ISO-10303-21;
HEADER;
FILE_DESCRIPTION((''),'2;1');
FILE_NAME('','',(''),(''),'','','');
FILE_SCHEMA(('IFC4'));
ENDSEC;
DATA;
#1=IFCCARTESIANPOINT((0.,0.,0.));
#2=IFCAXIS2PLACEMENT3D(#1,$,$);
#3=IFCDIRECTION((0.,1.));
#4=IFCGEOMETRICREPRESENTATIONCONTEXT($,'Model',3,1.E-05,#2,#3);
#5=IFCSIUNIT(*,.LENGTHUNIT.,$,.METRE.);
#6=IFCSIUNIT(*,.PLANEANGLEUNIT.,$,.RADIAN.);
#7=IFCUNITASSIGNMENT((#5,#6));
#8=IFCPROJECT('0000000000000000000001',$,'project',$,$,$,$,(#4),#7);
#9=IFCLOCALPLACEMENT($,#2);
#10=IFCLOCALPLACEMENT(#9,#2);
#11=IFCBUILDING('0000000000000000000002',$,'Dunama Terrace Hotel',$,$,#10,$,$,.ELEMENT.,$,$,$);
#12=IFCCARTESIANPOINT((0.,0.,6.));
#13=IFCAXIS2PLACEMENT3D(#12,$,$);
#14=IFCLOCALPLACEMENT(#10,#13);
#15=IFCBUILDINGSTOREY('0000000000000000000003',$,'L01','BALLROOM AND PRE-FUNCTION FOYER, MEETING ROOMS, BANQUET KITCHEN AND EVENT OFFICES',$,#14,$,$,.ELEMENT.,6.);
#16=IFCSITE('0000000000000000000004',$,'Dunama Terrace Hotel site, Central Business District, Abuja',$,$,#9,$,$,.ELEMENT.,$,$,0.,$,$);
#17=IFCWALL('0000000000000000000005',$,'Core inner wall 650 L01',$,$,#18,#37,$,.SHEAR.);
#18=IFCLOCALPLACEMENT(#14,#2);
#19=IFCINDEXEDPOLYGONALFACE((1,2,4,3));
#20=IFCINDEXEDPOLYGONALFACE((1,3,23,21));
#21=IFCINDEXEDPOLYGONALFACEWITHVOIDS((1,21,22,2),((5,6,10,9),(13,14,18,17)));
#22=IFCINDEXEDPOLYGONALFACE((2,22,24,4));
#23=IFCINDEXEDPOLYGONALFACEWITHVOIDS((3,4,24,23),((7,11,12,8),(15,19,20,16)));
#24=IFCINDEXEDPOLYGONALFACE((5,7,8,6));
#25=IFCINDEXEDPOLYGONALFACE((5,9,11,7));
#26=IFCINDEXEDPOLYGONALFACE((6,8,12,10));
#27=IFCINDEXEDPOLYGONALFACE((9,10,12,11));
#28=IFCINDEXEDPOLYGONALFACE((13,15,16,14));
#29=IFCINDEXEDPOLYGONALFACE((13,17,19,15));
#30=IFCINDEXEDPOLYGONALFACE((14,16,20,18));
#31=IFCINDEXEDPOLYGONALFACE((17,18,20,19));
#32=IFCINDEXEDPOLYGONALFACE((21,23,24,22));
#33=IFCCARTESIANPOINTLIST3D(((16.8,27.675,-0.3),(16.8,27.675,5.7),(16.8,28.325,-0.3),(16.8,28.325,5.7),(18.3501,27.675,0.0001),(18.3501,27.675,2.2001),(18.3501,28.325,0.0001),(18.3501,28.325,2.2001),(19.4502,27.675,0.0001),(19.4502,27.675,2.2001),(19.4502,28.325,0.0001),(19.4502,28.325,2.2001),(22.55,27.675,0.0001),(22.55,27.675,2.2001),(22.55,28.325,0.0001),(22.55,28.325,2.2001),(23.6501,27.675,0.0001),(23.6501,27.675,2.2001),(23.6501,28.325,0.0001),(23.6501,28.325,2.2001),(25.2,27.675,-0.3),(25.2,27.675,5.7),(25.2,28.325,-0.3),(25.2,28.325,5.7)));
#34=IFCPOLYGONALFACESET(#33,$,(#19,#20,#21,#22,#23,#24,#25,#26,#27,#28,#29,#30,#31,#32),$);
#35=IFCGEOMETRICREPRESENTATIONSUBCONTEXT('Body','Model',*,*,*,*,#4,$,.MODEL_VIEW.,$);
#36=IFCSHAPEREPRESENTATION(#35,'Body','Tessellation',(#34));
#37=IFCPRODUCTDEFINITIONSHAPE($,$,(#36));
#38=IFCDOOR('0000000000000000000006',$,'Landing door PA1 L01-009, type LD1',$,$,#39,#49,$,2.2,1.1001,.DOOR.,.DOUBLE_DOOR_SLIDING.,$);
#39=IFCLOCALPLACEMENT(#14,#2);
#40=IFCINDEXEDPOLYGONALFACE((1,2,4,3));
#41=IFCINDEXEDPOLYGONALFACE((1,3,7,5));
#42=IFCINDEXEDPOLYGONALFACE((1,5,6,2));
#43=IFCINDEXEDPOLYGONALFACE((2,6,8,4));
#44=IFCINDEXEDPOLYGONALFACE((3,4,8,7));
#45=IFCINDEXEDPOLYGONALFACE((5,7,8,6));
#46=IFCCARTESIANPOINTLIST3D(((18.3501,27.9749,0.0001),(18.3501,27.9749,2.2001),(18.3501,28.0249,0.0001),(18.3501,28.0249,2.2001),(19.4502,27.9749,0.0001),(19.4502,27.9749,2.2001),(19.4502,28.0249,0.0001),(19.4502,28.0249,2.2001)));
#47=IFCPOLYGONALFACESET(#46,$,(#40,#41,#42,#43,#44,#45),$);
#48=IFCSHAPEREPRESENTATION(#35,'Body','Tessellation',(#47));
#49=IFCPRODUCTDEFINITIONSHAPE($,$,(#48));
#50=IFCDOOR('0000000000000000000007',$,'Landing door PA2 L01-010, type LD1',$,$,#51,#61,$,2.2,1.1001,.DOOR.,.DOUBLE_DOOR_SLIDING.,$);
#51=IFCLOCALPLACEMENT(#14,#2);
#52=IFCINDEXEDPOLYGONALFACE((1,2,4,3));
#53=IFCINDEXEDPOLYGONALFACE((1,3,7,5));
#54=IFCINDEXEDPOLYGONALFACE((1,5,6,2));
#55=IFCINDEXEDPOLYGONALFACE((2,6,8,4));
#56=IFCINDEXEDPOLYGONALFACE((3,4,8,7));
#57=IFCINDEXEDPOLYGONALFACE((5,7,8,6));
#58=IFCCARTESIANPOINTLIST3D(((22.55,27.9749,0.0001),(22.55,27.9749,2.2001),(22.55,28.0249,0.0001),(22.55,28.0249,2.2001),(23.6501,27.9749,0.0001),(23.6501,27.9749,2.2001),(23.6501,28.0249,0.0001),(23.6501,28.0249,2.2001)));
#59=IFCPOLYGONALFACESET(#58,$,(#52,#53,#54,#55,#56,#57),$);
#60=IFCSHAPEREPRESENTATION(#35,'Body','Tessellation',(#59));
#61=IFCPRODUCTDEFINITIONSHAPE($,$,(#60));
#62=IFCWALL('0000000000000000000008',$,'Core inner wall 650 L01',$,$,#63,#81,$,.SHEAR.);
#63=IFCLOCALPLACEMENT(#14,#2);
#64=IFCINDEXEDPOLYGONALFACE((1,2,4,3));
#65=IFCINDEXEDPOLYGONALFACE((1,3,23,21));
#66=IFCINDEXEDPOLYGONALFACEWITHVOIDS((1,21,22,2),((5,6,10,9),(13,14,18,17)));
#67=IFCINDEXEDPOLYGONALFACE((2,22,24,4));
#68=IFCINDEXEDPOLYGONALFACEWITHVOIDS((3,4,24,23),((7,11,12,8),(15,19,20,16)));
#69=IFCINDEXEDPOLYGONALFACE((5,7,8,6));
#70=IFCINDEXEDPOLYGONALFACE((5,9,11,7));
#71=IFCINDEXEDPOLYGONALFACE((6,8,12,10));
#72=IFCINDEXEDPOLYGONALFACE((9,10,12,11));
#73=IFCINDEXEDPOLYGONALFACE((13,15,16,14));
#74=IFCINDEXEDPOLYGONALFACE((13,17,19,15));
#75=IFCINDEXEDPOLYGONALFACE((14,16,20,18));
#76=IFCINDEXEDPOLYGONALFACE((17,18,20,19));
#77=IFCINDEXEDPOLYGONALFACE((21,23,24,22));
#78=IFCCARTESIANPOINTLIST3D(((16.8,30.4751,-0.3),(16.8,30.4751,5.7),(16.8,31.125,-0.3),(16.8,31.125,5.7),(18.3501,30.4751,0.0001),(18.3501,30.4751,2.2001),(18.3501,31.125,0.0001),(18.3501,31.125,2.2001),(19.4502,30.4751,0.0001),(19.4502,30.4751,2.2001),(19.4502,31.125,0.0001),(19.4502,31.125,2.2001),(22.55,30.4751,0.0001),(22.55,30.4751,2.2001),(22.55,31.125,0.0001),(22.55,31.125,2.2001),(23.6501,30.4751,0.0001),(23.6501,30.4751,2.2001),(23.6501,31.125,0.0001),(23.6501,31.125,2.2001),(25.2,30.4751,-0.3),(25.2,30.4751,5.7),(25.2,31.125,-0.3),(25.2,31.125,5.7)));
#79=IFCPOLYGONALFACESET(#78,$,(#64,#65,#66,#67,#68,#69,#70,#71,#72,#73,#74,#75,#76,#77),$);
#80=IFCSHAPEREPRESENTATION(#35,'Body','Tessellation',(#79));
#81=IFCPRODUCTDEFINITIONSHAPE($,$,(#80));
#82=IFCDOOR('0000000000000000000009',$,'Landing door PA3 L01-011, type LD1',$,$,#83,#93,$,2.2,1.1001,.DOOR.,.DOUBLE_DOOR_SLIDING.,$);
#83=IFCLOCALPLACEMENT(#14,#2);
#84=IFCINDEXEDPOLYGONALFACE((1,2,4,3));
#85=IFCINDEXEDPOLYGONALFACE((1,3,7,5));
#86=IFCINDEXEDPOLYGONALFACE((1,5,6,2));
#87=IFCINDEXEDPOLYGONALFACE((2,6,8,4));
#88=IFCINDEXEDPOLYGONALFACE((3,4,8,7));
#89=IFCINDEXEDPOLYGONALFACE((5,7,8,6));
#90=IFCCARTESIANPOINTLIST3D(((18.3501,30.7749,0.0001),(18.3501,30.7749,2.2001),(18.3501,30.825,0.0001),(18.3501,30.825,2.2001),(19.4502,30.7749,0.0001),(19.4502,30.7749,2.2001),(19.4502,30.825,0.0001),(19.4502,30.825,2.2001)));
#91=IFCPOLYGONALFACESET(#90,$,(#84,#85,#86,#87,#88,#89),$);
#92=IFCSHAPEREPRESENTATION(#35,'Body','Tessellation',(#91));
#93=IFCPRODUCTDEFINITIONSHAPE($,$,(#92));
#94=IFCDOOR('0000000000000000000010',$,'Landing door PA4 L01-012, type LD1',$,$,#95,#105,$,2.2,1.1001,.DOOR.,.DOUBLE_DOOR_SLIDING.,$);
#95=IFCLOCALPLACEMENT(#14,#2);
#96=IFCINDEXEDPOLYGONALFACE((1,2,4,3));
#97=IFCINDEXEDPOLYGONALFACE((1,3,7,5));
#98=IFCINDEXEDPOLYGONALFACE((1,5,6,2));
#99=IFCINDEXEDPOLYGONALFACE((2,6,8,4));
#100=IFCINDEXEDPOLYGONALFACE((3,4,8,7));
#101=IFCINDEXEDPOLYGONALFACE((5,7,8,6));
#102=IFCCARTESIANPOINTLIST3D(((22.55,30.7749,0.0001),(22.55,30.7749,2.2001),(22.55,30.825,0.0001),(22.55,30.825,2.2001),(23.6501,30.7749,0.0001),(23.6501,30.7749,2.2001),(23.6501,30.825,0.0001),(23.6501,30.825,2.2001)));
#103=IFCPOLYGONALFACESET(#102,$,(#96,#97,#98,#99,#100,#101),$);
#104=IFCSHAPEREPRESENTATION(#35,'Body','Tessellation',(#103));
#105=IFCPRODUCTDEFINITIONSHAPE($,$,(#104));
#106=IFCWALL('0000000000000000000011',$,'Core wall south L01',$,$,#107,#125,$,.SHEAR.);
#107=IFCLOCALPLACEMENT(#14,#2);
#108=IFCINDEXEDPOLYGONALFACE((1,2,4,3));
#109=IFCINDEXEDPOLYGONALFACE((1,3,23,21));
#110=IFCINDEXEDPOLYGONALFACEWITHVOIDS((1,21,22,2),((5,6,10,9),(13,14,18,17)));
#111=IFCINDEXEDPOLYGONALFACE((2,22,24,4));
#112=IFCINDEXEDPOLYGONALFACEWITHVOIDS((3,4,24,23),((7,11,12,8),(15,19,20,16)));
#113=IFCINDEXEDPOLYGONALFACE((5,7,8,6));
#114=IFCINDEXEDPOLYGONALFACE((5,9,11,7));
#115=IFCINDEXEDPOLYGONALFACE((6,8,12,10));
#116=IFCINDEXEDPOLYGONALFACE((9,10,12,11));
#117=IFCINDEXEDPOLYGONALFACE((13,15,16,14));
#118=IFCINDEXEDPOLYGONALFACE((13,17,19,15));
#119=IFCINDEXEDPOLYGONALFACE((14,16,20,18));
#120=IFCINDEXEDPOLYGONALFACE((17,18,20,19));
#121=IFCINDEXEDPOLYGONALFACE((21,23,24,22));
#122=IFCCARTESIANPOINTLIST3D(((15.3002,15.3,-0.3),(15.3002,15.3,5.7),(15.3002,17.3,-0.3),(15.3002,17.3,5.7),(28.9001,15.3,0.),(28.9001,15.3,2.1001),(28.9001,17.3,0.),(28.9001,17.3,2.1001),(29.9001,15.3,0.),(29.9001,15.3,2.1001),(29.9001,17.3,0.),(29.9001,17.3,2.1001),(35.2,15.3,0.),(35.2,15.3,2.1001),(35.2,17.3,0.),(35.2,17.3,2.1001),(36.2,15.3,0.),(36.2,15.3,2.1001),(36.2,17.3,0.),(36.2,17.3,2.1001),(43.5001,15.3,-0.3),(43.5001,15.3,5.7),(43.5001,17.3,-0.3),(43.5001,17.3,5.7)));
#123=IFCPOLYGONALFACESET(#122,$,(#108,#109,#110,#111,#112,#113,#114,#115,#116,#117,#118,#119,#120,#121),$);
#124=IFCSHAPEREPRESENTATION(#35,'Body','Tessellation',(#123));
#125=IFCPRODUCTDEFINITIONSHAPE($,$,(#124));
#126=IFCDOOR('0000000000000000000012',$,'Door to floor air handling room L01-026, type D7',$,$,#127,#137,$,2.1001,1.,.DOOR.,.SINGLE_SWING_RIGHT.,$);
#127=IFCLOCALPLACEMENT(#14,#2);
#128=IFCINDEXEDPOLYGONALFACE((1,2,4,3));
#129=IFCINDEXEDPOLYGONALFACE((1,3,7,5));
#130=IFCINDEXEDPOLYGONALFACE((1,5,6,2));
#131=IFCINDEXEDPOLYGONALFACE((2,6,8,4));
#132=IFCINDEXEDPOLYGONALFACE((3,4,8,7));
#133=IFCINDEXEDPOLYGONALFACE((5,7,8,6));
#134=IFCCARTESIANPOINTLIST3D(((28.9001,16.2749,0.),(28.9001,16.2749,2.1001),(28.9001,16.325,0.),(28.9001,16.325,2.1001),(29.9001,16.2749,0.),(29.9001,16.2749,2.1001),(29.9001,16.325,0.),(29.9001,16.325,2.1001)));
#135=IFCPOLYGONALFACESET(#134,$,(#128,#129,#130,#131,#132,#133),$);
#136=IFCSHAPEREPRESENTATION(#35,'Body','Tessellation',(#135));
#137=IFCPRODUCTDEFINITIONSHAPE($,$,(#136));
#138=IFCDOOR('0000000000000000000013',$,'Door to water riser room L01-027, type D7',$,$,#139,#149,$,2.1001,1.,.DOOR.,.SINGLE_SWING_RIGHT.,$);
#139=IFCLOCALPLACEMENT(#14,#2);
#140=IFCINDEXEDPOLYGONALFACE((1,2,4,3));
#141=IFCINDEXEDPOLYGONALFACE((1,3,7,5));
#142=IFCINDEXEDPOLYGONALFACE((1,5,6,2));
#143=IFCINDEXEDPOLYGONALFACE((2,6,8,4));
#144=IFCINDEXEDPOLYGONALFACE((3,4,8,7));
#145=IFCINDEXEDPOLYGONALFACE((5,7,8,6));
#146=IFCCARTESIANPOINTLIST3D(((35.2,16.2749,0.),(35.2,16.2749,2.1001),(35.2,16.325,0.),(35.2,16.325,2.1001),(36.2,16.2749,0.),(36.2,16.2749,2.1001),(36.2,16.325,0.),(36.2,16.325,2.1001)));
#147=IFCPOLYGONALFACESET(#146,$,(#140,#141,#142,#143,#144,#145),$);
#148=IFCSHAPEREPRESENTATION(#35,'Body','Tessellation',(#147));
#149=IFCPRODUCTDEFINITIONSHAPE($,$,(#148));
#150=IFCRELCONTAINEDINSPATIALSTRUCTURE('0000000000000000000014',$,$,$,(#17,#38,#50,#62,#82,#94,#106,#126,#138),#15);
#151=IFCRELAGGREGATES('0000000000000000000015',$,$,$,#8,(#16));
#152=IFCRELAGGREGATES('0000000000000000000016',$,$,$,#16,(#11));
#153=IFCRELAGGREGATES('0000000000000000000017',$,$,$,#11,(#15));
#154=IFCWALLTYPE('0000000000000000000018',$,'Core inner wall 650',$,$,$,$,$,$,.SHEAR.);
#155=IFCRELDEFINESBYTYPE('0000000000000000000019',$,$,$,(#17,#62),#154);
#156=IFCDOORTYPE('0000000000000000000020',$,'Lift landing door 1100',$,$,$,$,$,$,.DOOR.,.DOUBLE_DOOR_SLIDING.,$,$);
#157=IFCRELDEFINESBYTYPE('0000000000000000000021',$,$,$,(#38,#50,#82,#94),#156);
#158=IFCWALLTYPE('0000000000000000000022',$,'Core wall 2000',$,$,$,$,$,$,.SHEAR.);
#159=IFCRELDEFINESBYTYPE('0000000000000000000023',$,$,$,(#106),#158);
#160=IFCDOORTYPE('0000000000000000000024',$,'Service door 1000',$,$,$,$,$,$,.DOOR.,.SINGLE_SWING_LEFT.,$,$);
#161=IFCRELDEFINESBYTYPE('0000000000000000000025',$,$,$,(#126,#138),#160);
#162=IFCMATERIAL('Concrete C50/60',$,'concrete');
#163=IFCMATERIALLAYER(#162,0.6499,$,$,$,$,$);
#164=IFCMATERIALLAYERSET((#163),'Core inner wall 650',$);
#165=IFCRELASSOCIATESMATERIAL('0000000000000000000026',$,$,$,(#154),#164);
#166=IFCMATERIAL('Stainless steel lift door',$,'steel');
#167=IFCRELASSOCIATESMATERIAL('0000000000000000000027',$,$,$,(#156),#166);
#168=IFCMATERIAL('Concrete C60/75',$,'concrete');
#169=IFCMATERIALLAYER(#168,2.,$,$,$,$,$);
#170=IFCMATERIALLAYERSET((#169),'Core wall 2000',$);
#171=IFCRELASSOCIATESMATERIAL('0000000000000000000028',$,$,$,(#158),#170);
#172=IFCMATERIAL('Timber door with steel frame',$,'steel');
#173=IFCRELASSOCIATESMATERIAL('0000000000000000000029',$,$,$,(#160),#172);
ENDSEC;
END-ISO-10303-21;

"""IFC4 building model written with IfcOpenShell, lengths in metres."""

from ifc_helpers import new_model, si_unit, direction, frame, frame_2d, origin, place, context, subcontext, project, spatial, rectangle, extrude, material, layer, layer_set, type_object, element, fill, save


model = new_model("IFC4")

# Units and contexts
model_context = context("Model", 3, precision=1e-05, world=origin(), true_north=direction((0.0, 1.0)))
body_context = subcontext(model_context, "Body", "Model", "MODEL_VIEW")
ifc_project = project(units=[si_unit("LENGTHUNIT", "METRE"), si_unit("PLANEANGLEUNIT", "RADIAN")], contexts=[model_context])

# Site, building, storey
site_placement = place(None, origin())
site = spatial("IfcSite", under=ifc_project, at=site_placement, Name="Dunama Terrace Hotel site, Central Business District, Abuja", CompositionType="ELEMENT", RefElevation=0.0)
building_placement = place(site_placement, origin())
building = spatial("IfcBuilding", under=site, at=building_placement, Name="Dunama Terrace Hotel", CompositionType="ELEMENT")
storey_placement = place(building_placement, frame((0.0, 0.0, 6.0)))
storey = spatial("IfcBuildingStorey", under=building, at=storey_placement, Name="L01", Description="BALLROOM AND PRE-FUNCTION FOYER, MEETING ROOMS, BANQUET KITCHEN AND EVENT OFFICES", CompositionType="ELEMENT", Elevation=6.0)

# Walls, openings, doors
ifc_material_1 = material(Name="Concrete C50/60", Category="concrete")
ifc_layer_1 = layer(ifc_material_1, 0.6499)
ifc_layer_set_1 = layer_set([ifc_layer_1], Name="Core inner wall 650")
wall_type_1 = type_object("IfcWallType", Name="Core inner wall 650", PredefinedType="SHEAR", material=ifc_layer_set_1)
wall_1_placement = place(storey_placement, frame((16.8, 28.0, -0.3), z_axis=(0.0, 0.0, 1.0), x_axis=(1.0, 0.0, 0.0)))
wall_1 = element("IfcWall", 1, at=wall_1_placement, inside=storey, type_object=wall_type_1, Name="Core inner wall 650 L01", PredefinedType="SHEAR", context=body_context, shape_type="SweptSolid", body=[
    extrude(rectangle(XDim=8.3999, YDim=0.6499, at=frame_2d((4.2, 0.0))), origin(), (0.0, 0.0, 1.0), 6.0),
])
opening_1_placement = place(wall_1_placement, frame((1.55, 0.0, 0.3)))
opening_1 = element("IfcOpeningElement", 2, at=opening_1_placement, cuts=wall_1, PredefinedType="OPENING", context=body_context, shape_type="SweptSolid", body=[
    extrude(rectangle(XDim=1.1001, YDim=2.2, at=frame_2d((0.55, 1.1001))), frame((0.0, 0.335, 0.0), z_axis=(0.0, -1.0, 0.0), x_axis=(1.0, 0.0, 0.0)), (0.0, 0.0, 1.0), 0.6699),
])
opening_2_placement = place(wall_1_placement, frame((5.75, 0.0, 0.3)))
opening_2 = element("IfcOpeningElement", 3, at=opening_2_placement, cuts=wall_1, PredefinedType="OPENING", context=body_context, shape_type="SweptSolid", body=[
    extrude(rectangle(XDim=1.1001, YDim=2.2, at=frame_2d((0.55, 1.1001))), frame((0.0, 0.335, 0.0), z_axis=(0.0, -1.0, 0.0), x_axis=(1.0, 0.0, 0.0)), (0.0, 0.0, 1.0), 0.6699),
])
ifc_material_2 = material(Name="Stainless steel lift door", Category="steel")
door_type_1 = type_object("IfcDoorType", Name="Lift landing door 1100", OperationType="DOUBLE_DOOR_SLIDING", PredefinedType="DOOR", material=ifc_material_2)
door_1_placement = place(opening_1_placement, origin())
door_1 = element("IfcDoor", 4, at=door_1_placement, inside=storey, type_object=door_type_1, Name="Landing door PA1 L01-009, type LD1", OperationType="DOUBLE_DOOR_SLIDING", OverallHeight=2.2, OverallWidth=1.1001, PredefinedType="DOOR", context=body_context, shape_type="SweptSolid", body=[
    extrude(rectangle(XDim=1.1001, YDim=2.2, at=frame_2d((0.55, 1.1001))), frame((0.0, 0.0249, 0.0), z_axis=(0.0, -1.0, 0.0), x_axis=(1.0, 0.0, 0.0)), (0.0, 0.0, 1.0), 0.05),
])
fill(opening_1, door_1)
door_2_placement = place(opening_2_placement, origin())
door_2 = element("IfcDoor", 5, at=door_2_placement, inside=storey, type_object=door_type_1, Name="Landing door PA2 L01-010, type LD1", OperationType="DOUBLE_DOOR_SLIDING", OverallHeight=2.2, OverallWidth=1.1001, PredefinedType="DOOR", context=body_context, shape_type="SweptSolid", body=[
    extrude(rectangle(XDim=1.1001, YDim=2.2, at=frame_2d((0.55, 1.1001))), frame((0.0, 0.0249, 0.0), z_axis=(0.0, -1.0, 0.0), x_axis=(1.0, 0.0, 0.0)), (0.0, 0.0, 1.0), 0.05),
])
fill(opening_2, door_2)
wall_2_placement = place(storey_placement, frame((16.8, 30.8, -0.3), z_axis=(0.0, 0.0, 1.0), x_axis=(1.0, 0.0, 0.0)))
wall_2 = element("IfcWall", 6, at=wall_2_placement, inside=storey, type_object=wall_type_1, Name="Core inner wall 650 L01", PredefinedType="SHEAR", context=body_context, shape_type="SweptSolid", body=[
    extrude(rectangle(XDim=8.3999, YDim=0.6499, at=frame_2d((4.2, 0.0))), origin(), (0.0, 0.0, 1.0), 6.0),
])
opening_3_placement = place(wall_2_placement, frame((1.55, 0.0, 0.3)))
opening_3 = element("IfcOpeningElement", 7, at=opening_3_placement, cuts=wall_2, PredefinedType="OPENING", context=body_context, shape_type="SweptSolid", body=[
    extrude(rectangle(XDim=1.1001, YDim=2.2, at=frame_2d((0.55, 1.1001))), frame((0.0, 0.335, 0.0), z_axis=(0.0, -1.0, 0.0), x_axis=(1.0, 0.0, 0.0)), (0.0, 0.0, 1.0), 0.6699),
])
opening_4_placement = place(wall_2_placement, frame((5.75, 0.0, 0.3)))
opening_4 = element("IfcOpeningElement", 8, at=opening_4_placement, cuts=wall_2, PredefinedType="OPENING", context=body_context, shape_type="SweptSolid", body=[
    extrude(rectangle(XDim=1.1001, YDim=2.2, at=frame_2d((0.55, 1.1001))), frame((0.0, 0.335, 0.0), z_axis=(0.0, -1.0, 0.0), x_axis=(1.0, 0.0, 0.0)), (0.0, 0.0, 1.0), 0.6699),
])
door_3_placement = place(opening_3_placement, origin())
door_3 = element("IfcDoor", 9, at=door_3_placement, inside=storey, type_object=door_type_1, Name="Landing door PA3 L01-011, type LD1", OperationType="DOUBLE_DOOR_SLIDING", OverallHeight=2.2, OverallWidth=1.1001, PredefinedType="DOOR", context=body_context, shape_type="SweptSolid", body=[
    extrude(rectangle(XDim=1.1001, YDim=2.2, at=frame_2d((0.55, 1.1001))), frame((0.0, 0.0249, 0.0), z_axis=(0.0, -1.0, 0.0), x_axis=(1.0, 0.0, 0.0)), (0.0, 0.0, 1.0), 0.05),
])
fill(opening_3, door_3)
door_4_placement = place(opening_4_placement, origin())
door_4 = element("IfcDoor", 10, at=door_4_placement, inside=storey, type_object=door_type_1, Name="Landing door PA4 L01-012, type LD1", OperationType="DOUBLE_DOOR_SLIDING", OverallHeight=2.2, OverallWidth=1.1001, PredefinedType="DOOR", context=body_context, shape_type="SweptSolid", body=[
    extrude(rectangle(XDim=1.1001, YDim=2.2, at=frame_2d((0.55, 1.1001))), frame((0.0, 0.0249, 0.0), z_axis=(0.0, -1.0, 0.0), x_axis=(1.0, 0.0, 0.0)), (0.0, 0.0, 1.0), 0.05),
])
fill(opening_4, door_4)
ifc_material_3 = material(Name="Concrete C60/75", Category="concrete")
ifc_layer_2 = layer(ifc_material_3, 2.0)
ifc_layer_set_2 = layer_set([ifc_layer_2], Name="Core wall 2000")
wall_type_2 = type_object("IfcWallType", Name="Core wall 2000", PredefinedType="SHEAR", material=ifc_layer_set_2)
wall_3_placement = place(storey_placement, frame((15.3, 16.3, -0.3), z_axis=(0.0, 0.0, 1.0), x_axis=(1.0, 0.0, 0.0)))
wall_3 = element("IfcWall", 11, at=wall_3_placement, inside=storey, type_object=wall_type_2, Name="Core wall south L01", PredefinedType="SHEAR", context=body_context, shape_type="SweptSolid", body=[
    extrude(rectangle(XDim=28.2, YDim=2.0, at=frame_2d((14.1001, 0.0))), origin(), (0.0, 0.0, 1.0), 6.0),
])
opening_5_placement = place(wall_3_placement, frame((13.6001, 0.0, 0.3)))
opening_5 = element("IfcOpeningElement", 12, at=opening_5_placement, cuts=wall_3, PredefinedType="OPENING", context=body_context, shape_type="SweptSolid", body=[
    extrude(rectangle(XDim=1.0, YDim=2.1001, at=frame_2d((0.5, 1.05))), frame((0.0, 1.01, 0.0), z_axis=(0.0, -1.0, 0.0), x_axis=(1.0, 0.0, 0.0)), (0.0, 0.0, 1.0), 2.02),
])
opening_6_placement = place(wall_3_placement, frame((19.8999, 0.0, 0.3)))
opening_6 = element("IfcOpeningElement", 13, at=opening_6_placement, cuts=wall_3, PredefinedType="OPENING", context=body_context, shape_type="SweptSolid", body=[
    extrude(rectangle(XDim=1.0, YDim=2.1001, at=frame_2d((0.5, 1.05))), frame((0.0, 1.01, 0.0), z_axis=(0.0, -1.0, 0.0), x_axis=(1.0, 0.0, 0.0)), (0.0, 0.0, 1.0), 2.02),
])
ifc_material_4 = material(Name="Timber door with steel frame", Category="steel")
door_type_2 = type_object("IfcDoorType", Name="Service door 1000", OperationType="SINGLE_SWING_LEFT", PredefinedType="DOOR", material=ifc_material_4)
door_5_placement = place(opening_5_placement, origin())
door_5 = element("IfcDoor", 14, at=door_5_placement, inside=storey, type_object=door_type_2, Name="Door to floor air handling room L01-026, type D7", OperationType="SINGLE_SWING_RIGHT", OverallHeight=2.1001, OverallWidth=1.0, PredefinedType="DOOR", context=body_context, shape_type="SweptSolid", body=[
    extrude(rectangle(XDim=1.0, YDim=2.1001, at=frame_2d((0.5, 1.05))), frame((0.0, 0.0249, 0.0), z_axis=(0.0, -1.0, 0.0), x_axis=(1.0, 0.0, 0.0)), (0.0, 0.0, 1.0), 0.05),
])
fill(opening_5, door_5)
door_6_placement = place(opening_6_placement, origin())
door_6 = element("IfcDoor", 15, at=door_6_placement, inside=storey, type_object=door_type_2, Name="Door to water riser room L01-027, type D7", OperationType="SINGLE_SWING_RIGHT", OverallHeight=2.1001, OverallWidth=1.0, PredefinedType="DOOR", context=body_context, shape_type="SweptSolid", body=[
    extrude(rectangle(XDim=1.0, YDim=2.1001, at=frame_2d((0.5, 1.05))), frame((0.0, 0.0249, 0.0), z_axis=(0.0, -1.0, 0.0), x_axis=(1.0, 0.0, 0.0)), (0.0, 0.0, 1.0), 0.05),
])
fill(opening_6, door_6)

save(model, "model.ifc")
